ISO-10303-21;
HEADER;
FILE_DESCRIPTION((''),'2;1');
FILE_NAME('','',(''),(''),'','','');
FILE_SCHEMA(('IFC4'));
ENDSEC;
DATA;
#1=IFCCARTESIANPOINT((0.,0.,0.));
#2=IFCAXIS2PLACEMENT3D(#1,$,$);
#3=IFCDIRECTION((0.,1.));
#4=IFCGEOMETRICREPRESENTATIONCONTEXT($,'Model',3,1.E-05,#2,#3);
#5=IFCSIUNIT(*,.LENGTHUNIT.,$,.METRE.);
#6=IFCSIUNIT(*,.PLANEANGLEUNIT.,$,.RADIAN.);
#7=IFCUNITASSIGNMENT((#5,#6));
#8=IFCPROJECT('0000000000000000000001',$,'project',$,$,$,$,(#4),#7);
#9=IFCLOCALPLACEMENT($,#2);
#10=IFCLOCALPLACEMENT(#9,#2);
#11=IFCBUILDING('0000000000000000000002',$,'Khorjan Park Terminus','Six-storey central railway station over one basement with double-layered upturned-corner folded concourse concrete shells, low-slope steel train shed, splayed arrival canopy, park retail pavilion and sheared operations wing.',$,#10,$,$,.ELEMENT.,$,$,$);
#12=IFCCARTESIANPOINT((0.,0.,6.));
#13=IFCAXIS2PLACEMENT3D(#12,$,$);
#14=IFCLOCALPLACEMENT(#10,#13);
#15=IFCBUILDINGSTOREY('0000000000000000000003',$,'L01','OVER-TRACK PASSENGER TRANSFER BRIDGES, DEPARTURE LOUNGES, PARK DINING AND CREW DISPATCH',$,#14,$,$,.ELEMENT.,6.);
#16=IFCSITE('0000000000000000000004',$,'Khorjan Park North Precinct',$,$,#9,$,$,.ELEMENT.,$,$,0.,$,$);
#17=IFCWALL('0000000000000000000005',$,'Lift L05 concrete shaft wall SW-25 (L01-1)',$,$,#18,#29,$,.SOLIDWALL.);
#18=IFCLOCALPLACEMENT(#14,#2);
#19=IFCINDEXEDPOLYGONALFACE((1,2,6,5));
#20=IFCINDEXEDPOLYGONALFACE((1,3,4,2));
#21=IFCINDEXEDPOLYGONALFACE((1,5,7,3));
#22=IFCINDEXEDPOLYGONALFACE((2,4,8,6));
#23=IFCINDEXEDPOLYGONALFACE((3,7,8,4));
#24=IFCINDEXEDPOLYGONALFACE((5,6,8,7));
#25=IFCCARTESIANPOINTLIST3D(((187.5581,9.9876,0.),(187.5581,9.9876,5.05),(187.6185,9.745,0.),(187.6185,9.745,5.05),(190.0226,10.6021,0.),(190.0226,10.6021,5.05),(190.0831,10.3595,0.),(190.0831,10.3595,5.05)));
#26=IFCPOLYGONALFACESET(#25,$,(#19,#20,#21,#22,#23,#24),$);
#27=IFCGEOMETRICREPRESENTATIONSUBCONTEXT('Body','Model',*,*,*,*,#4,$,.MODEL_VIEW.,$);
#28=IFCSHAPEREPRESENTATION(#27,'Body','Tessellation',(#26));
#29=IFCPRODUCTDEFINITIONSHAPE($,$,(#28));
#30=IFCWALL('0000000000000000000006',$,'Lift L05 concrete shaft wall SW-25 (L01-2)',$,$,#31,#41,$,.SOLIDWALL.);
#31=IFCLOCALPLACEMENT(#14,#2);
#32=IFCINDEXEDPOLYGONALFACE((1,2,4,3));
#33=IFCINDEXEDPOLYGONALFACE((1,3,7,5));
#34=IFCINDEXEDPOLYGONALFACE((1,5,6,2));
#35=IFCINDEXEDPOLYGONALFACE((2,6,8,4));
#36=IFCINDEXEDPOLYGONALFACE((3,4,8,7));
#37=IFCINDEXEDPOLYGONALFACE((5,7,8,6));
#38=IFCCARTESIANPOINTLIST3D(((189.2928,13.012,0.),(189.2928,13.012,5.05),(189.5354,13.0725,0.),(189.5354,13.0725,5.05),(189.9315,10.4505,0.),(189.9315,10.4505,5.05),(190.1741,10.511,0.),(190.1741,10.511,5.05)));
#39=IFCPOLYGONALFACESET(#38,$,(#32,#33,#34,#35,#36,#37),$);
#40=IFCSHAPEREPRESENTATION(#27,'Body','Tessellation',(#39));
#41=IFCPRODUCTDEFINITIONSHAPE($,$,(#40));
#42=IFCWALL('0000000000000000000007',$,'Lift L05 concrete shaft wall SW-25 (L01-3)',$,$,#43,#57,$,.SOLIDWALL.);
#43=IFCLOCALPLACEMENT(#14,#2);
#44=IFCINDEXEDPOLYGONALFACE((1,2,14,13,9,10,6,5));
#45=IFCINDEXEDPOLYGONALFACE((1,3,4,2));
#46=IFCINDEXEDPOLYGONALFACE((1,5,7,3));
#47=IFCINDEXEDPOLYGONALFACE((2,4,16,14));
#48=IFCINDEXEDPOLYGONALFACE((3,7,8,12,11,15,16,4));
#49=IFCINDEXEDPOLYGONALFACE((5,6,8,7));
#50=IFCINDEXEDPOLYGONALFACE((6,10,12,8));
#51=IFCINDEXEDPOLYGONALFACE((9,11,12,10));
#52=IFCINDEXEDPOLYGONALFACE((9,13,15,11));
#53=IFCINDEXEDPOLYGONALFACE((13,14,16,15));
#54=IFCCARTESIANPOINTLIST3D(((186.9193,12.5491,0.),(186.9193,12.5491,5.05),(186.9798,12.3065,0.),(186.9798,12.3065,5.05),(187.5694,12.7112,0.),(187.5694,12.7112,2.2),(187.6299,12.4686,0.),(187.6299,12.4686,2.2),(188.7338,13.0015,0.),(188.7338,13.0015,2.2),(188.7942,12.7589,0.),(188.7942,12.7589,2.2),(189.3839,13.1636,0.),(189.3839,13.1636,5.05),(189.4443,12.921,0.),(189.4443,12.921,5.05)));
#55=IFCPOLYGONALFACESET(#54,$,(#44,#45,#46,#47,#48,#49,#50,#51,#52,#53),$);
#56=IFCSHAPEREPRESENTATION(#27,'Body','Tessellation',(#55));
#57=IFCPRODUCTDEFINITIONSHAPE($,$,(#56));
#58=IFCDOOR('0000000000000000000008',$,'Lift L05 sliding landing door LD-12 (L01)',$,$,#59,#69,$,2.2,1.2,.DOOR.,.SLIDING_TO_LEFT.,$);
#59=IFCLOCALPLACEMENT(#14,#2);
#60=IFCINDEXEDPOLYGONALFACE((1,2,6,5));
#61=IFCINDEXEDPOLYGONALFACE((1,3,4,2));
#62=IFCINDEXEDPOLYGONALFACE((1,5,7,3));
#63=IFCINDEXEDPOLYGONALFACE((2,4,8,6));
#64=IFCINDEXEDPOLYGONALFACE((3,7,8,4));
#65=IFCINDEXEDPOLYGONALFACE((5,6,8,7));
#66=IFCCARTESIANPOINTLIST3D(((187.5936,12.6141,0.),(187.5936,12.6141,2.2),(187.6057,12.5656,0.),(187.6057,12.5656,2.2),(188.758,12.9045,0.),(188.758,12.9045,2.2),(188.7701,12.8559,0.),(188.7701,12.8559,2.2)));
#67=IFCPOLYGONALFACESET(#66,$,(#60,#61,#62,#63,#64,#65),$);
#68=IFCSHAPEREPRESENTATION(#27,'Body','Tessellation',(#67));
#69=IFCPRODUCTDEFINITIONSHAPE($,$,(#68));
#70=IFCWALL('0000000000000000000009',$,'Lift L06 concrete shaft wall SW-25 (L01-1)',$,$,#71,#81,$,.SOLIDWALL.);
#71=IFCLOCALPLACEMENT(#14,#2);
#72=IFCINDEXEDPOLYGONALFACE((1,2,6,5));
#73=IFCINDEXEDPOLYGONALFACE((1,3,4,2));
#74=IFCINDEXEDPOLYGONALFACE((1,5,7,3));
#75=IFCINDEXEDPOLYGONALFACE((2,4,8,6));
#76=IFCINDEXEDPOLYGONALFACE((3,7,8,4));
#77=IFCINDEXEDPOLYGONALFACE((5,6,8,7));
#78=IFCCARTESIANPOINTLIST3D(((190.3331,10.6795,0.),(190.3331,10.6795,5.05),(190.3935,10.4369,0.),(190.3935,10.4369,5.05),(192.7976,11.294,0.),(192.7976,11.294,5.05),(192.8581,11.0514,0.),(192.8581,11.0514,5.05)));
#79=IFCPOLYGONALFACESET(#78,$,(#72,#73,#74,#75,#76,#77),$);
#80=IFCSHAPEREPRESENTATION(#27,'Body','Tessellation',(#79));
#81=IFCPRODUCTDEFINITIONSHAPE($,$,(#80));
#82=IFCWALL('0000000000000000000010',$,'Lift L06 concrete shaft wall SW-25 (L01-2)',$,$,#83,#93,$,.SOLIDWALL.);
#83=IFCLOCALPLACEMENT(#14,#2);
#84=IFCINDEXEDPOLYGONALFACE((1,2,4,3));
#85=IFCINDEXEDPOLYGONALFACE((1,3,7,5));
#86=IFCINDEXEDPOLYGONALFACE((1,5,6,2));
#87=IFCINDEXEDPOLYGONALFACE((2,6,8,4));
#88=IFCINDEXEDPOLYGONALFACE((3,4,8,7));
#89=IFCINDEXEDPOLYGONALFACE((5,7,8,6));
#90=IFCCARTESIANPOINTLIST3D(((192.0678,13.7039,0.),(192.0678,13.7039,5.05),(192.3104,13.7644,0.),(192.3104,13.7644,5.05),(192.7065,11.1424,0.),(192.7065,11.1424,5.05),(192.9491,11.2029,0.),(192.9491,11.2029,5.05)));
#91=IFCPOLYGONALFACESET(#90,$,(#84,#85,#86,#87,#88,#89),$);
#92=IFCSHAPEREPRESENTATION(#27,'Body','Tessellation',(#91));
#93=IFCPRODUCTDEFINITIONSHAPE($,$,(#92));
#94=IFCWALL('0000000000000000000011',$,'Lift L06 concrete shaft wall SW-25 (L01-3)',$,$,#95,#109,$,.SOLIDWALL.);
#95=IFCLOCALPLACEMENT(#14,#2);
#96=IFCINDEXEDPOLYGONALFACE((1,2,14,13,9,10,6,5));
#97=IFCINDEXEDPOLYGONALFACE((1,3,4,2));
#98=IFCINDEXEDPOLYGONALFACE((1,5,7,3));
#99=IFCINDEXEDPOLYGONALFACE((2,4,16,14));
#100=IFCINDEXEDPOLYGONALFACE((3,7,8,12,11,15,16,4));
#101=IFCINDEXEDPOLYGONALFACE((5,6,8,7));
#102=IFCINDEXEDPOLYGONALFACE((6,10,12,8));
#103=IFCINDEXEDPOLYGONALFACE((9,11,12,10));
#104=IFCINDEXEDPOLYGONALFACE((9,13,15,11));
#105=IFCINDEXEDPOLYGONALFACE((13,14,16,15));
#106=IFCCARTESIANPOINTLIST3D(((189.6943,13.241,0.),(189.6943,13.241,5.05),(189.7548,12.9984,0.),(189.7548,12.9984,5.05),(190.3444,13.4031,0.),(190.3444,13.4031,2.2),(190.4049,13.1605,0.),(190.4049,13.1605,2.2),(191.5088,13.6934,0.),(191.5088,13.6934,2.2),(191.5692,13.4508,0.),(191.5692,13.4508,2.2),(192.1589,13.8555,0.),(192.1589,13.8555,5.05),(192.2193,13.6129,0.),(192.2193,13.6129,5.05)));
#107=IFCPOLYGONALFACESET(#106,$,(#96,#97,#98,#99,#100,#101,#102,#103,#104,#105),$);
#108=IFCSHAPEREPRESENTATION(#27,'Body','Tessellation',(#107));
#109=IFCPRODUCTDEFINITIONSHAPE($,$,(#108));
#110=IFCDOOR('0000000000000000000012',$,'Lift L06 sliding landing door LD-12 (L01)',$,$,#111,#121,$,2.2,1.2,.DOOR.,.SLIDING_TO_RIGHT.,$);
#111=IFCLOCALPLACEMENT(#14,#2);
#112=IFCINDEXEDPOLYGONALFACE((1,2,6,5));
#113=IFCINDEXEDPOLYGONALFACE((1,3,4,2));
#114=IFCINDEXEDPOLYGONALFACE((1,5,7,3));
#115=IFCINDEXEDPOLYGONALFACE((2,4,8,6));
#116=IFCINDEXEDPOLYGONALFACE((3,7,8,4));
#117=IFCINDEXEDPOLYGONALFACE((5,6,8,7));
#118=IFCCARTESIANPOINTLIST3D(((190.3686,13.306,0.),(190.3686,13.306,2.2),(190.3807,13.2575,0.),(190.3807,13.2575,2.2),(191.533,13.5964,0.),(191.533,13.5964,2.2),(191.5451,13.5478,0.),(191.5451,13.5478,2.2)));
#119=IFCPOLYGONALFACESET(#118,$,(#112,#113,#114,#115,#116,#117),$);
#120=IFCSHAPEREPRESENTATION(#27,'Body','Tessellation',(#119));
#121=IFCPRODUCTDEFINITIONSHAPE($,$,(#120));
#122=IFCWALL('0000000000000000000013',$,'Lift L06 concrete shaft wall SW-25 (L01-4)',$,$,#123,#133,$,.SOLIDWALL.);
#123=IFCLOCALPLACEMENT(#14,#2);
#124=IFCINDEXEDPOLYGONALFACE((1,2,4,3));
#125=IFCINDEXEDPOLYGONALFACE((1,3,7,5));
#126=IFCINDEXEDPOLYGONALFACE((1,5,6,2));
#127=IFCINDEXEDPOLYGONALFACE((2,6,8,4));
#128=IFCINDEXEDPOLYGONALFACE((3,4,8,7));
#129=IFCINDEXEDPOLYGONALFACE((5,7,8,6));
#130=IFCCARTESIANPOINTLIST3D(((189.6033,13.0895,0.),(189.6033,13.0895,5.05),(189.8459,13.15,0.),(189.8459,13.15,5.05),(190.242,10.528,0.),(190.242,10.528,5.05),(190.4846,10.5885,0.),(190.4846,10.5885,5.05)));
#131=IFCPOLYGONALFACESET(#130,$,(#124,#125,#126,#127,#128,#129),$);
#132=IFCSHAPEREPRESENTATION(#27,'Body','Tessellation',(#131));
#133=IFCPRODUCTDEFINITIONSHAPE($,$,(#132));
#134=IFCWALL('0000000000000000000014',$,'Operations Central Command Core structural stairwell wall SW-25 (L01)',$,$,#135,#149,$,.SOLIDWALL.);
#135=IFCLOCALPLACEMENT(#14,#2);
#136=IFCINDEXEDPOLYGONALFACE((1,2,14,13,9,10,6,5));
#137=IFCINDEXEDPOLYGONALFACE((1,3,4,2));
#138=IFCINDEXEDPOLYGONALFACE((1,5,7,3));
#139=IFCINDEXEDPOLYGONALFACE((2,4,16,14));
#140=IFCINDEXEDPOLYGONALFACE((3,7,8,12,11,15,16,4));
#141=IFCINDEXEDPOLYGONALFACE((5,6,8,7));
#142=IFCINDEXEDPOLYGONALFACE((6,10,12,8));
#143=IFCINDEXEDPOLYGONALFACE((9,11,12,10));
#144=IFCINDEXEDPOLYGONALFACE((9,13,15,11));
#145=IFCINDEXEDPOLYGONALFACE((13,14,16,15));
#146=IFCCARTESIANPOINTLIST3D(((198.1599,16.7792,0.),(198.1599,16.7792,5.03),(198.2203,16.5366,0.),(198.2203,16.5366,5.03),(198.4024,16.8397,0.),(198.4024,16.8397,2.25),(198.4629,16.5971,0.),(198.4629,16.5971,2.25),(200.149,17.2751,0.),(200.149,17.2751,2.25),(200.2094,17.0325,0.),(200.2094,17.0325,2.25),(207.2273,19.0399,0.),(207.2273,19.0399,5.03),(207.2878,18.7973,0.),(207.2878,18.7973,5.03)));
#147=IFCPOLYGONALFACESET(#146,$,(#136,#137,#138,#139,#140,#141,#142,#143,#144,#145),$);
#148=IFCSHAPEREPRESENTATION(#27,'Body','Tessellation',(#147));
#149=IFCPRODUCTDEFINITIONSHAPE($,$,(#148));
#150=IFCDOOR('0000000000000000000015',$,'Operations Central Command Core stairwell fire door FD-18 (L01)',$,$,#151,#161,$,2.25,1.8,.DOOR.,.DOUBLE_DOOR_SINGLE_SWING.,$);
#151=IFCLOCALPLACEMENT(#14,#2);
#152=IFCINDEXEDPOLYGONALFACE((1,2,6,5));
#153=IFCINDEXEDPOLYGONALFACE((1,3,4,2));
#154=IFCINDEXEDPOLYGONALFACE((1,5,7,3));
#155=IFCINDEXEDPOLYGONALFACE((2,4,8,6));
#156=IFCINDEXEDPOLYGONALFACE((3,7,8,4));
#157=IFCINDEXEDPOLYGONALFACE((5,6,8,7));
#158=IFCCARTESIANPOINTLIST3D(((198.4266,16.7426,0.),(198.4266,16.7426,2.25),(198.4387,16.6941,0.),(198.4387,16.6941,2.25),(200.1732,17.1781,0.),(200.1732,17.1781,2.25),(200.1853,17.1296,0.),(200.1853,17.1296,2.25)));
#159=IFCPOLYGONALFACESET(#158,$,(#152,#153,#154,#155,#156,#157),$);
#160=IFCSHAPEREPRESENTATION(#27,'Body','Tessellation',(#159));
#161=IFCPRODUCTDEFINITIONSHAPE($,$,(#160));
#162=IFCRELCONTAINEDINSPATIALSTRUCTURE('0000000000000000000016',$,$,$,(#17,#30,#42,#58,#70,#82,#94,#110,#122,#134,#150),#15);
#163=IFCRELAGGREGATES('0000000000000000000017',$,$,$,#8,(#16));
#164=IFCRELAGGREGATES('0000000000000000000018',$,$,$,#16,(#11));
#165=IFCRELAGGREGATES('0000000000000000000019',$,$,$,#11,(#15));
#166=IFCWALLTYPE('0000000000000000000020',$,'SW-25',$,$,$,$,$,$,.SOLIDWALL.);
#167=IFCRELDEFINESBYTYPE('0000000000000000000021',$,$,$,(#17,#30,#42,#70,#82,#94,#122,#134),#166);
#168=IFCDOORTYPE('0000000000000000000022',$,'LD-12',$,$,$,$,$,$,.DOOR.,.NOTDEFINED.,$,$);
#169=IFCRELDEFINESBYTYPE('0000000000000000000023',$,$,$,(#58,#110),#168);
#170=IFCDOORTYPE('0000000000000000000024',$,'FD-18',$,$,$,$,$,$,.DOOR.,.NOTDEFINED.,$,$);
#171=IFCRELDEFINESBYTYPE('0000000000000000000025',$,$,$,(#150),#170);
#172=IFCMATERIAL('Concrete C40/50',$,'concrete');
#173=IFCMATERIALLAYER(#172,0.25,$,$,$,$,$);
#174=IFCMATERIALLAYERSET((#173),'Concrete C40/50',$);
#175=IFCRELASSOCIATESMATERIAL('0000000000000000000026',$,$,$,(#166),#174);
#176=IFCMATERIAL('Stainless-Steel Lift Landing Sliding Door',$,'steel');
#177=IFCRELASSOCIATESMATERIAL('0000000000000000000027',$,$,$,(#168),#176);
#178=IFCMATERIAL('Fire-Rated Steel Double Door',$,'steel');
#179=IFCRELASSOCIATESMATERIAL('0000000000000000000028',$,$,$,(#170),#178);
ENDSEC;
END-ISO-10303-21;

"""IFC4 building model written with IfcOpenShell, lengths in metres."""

from ifc_helpers import new_model, si_unit, direction, frame, frame_2d, origin, place, context, subcontext, project, spatial, rectangle, extrude, material, layer, layer_set, type_object, element, fill, save


model = new_model("IFC4")

# Units and contexts
model_context = context("Model", 3, precision=1e-05, world=origin(), true_north=direction((0.0, 1.0)))
body_context = subcontext(model_context, "Body", "Model", "MODEL_VIEW")
ifc_project = project(units=[si_unit("LENGTHUNIT", "METRE"), si_unit("PLANEANGLEUNIT", "RADIAN")], contexts=[model_context])

# Site, building, storey
site_placement = place(None, origin())
site = spatial("IfcSite", under=ifc_project, at=site_placement, Name="Khorjan Park North Precinct", CompositionType="ELEMENT", RefElevation=0.0)
building_placement = place(site_placement, origin())
building = spatial("IfcBuilding", under=site, at=building_placement, Name="Khorjan Park Terminus", Description="Six-storey central railway station over one basement with double-layered upturned-corner folded concourse concrete shells, low-slope steel train shed, splayed arrival canopy, park retail pavilion and sheared operations wing.", CompositionType="ELEMENT")
storey_placement = place(building_placement, frame((0.0, 0.0, 6.0)))
storey = spatial("IfcBuildingStorey", under=building, at=storey_placement, Name="L01", Description="OVER-TRACK PASSENGER TRANSFER BRIDGES, DEPARTURE LOUNGES, PARK DINING AND CREW DISPATCH", CompositionType="ELEMENT", Elevation=6.0)

# Shared definitions
ifc_material_1 = material(Name="Concrete C40/50", Category="concrete")

# Walls
ifc_layer_1 = layer(ifc_material_1, 0.25)
ifc_layer_set_1 = layer_set([ifc_layer_1], Name="Concrete C40/50")
wall_type_1 = type_object("IfcWallType", Name="SW-25", PredefinedType="SOLIDWALL", material=ifc_layer_set_1)
wall_1_placement = place(storey_placement, frame((187.5883, 9.8663, 0.0), z_axis=(0.0, 0.0, 1.0), x_axis=(0.970293, 0.241933, 0.0)))
element("IfcWall", 1, at=wall_1_placement, inside=storey, type_object=wall_type_1, Name="Lift L05 concrete shaft wall SW-25 (L01-1)", PredefinedType="SOLIDWALL", context=body_context, shape_type="SweptSolid", body=[
    extrude(rectangle(XDim=2.54, YDim=0.25, at=frame_2d((1.27, 0.0))), origin(), (0.0, 0.0, 1.0), 5.05),
])
wall_2_placement = place(storey_placement, frame((190.0528, 10.4808, 0.0), z_axis=(0.0, 0.0, 1.0), x_axis=(-0.241938, 0.970292, 0.0)))
element("IfcWall", 2, at=wall_2_placement, inside=storey, type_object=wall_type_1, Name="Lift L05 concrete shaft wall SW-25 (L01-2)", PredefinedType="SOLIDWALL", context=body_context, shape_type="SweptSolid", body=[
    extrude(rectangle(XDim=2.6399, YDim=0.25, at=frame_2d((1.3199, 0.0))), origin(), (0.0, 0.0, 1.0), 5.05),
])

# Wall, opening, door
wall_3_placement = place(storey_placement, frame((189.4141, 13.0423, 0.0), z_axis=(0.0, 0.0, 1.0), x_axis=(-0.970293, -0.241933, 0.0)))
wall_3 = element("IfcWall", 3, at=wall_3_placement, inside=storey, type_object=wall_type_1, Name="Lift L05 concrete shaft wall SW-25 (L01-3)", PredefinedType="SOLIDWALL", context=body_context, shape_type="SweptSolid", body=[
    extrude(rectangle(XDim=2.54, YDim=0.25, at=frame_2d((1.27, 0.0))), origin(), (0.0, 0.0, 1.0), 5.05),
])
opening_1_placement = place(wall_3_placement, frame((0.67, 0.0, 0.0)))
opening_1 = element("IfcOpeningElement", 4, at=opening_1_placement, cuts=wall_3, PredefinedType="OPENING", context=body_context, shape_type="SweptSolid", body=[
    extrude(rectangle(XDim=1.2, YDim=2.2, at=frame_2d((0.6, 1.1))), frame((0.0, 0.135, 0.0), z_axis=(0.0, -1.0, 0.0), x_axis=(1.0, 0.0, 0.0)), (0.0, 0.0, 1.0), 0.27),
])
ifc_material_2 = material(Name="Stainless-Steel Lift Landing Sliding Door", Category="steel")
door_type_1 = type_object("IfcDoorType", Name="LD-12", OperationType="NOTDEFINED", PredefinedType="DOOR", material=ifc_material_2)
door_1_placement = place(opening_1_placement, origin())
door_1 = element("IfcDoor", 5, at=door_1_placement, inside=storey, type_object=door_type_1, Name="Lift L05 sliding landing door LD-12 (L01)", OperationType="SLIDING_TO_LEFT", OverallHeight=2.2, OverallWidth=1.2, PredefinedType="DOOR", context=body_context, shape_type="SweptSolid", body=[
    extrude(rectangle(XDim=1.2, YDim=2.2, at=frame_2d((0.6, 1.1))), frame((0.0, 0.025, 0.0), z_axis=(0.0, -1.0, 0.0), x_axis=(1.0, 0.0, 0.0)), (0.0, 0.0, 1.0), 0.05),
])
fill(opening_1, door_1)

# Walls
wall_4_placement = place(storey_placement, frame((190.3633, 10.5582, 0.0), z_axis=(0.0, 0.0, 1.0), x_axis=(0.970293, 0.241933, 0.0)))
element("IfcWall", 6, at=wall_4_placement, inside=storey, type_object=wall_type_1, Name="Lift L06 concrete shaft wall SW-25 (L01-1)", PredefinedType="SOLIDWALL", context=body_context, shape_type="SweptSolid", body=[
    extrude(rectangle(XDim=2.54, YDim=0.25, at=frame_2d((1.27, 0.0))), origin(), (0.0, 0.0, 1.0), 5.05),
])
wall_5_placement = place(storey_placement, frame((192.8278, 11.1727, 0.0), z_axis=(0.0, 0.0, 1.0), x_axis=(-0.241938, 0.970292, 0.0)))
element("IfcWall", 7, at=wall_5_placement, inside=storey, type_object=wall_type_1, Name="Lift L06 concrete shaft wall SW-25 (L01-2)", PredefinedType="SOLIDWALL", context=body_context, shape_type="SweptSolid", body=[
    extrude(rectangle(XDim=2.6399, YDim=0.25, at=frame_2d((1.3199, 0.0))), origin(), (0.0, 0.0, 1.0), 5.05),
])

# Wall, opening, door
wall_6_placement = place(storey_placement, frame((192.1891, 13.7342, 0.0), z_axis=(0.0, 0.0, 1.0), x_axis=(-0.970293, -0.241933, 0.0)))
wall_6 = element("IfcWall", 8, at=wall_6_placement, inside=storey, type_object=wall_type_1, Name="Lift L06 concrete shaft wall SW-25 (L01-3)", PredefinedType="SOLIDWALL", context=body_context, shape_type="SweptSolid", body=[
    extrude(rectangle(XDim=2.54, YDim=0.25, at=frame_2d((1.27, 0.0))), origin(), (0.0, 0.0, 1.0), 5.05),
])
opening_2_placement = place(wall_6_placement, frame((0.67, 0.0, 0.0)))
opening_2 = element("IfcOpeningElement", 9, at=opening_2_placement, cuts=wall_6, PredefinedType="OPENING", context=body_context, shape_type="SweptSolid", body=[
    extrude(rectangle(XDim=1.2, YDim=2.2, at=frame_2d((0.6, 1.1))), frame((0.0, 0.135, 0.0), z_axis=(0.0, -1.0, 0.0), x_axis=(1.0, 0.0, 0.0)), (0.0, 0.0, 1.0), 0.27),
])
door_2_placement = place(opening_2_placement, origin())
door_2 = element("IfcDoor", 10, at=door_2_placement, inside=storey, type_object=door_type_1, Name="Lift L06 sliding landing door LD-12 (L01)", OperationType="SLIDING_TO_RIGHT", OverallHeight=2.2, OverallWidth=1.2, PredefinedType="DOOR", context=body_context, shape_type="SweptSolid", body=[
    extrude(rectangle(XDim=1.2, YDim=2.2, at=frame_2d((0.6, 1.1))), frame((0.0, 0.025, 0.0), z_axis=(0.0, -1.0, 0.0), x_axis=(1.0, 0.0, 0.0)), (0.0, 0.0, 1.0), 0.05),
])
fill(opening_2, door_2)

# Wall
wall_7_placement = place(storey_placement, frame((189.7246, 13.1197, 0.0), z_axis=(0.0, 0.0, 1.0), x_axis=(0.241938, -0.970292, 0.0)))
element("IfcWall", 11, at=wall_7_placement, inside=storey, type_object=wall_type_1, Name="Lift L06 concrete shaft wall SW-25 (L01-4)", PredefinedType="SOLIDWALL", context=body_context, shape_type="SweptSolid", body=[
    extrude(rectangle(XDim=2.6399, YDim=0.25, at=frame_2d((1.3199, 0.0))), origin(), (0.0, 0.0, 1.0), 5.05),
])

# Wall, opening, door
wall_8_placement = place(storey_placement, frame((198.1901, 16.6579, 0.0), z_axis=(0.0, 0.0, 1.0), x_axis=(0.970297, 0.241916, 0.0)))
wall_8 = element("IfcWall", 12, at=wall_8_placement, inside=storey, type_object=wall_type_1, Name="Operations Central Command Core structural stairwell wall SW-25 (L01)", PredefinedType="SOLIDWALL", context=body_context, shape_type="SweptSolid", body=[
    extrude(rectangle(XDim=9.345, YDim=0.25, at=frame_2d((4.6725, 0.0))), origin(), (0.0, 0.0, 1.0), 5.03),
])
opening_3_placement = place(wall_8_placement, frame((0.25, 0.0, 0.0)))
opening_3 = element("IfcOpeningElement", 13, at=opening_3_placement, cuts=wall_8, PredefinedType="OPENING", context=body_context, shape_type="SweptSolid", body=[
    extrude(rectangle(XDim=1.8, YDim=2.25, at=frame_2d((0.9, 1.125))), frame((0.0, 0.135, 0.0), z_axis=(0.0, -1.0, 0.0), x_axis=(1.0, 0.0, 0.0)), (0.0, 0.0, 1.0), 0.27),
])
ifc_material_3 = material(Name="Fire-Rated Steel Double Door", Category="steel")
door_type_2 = type_object("IfcDoorType", Name="FD-18", OperationType="NOTDEFINED", PredefinedType="DOOR", material=ifc_material_3)
door_3_placement = place(opening_3_placement, origin())
door_3 = element("IfcDoor", 14, at=door_3_placement, inside=storey, type_object=door_type_2, Name="Operations Central Command Core stairwell fire door FD-18 (L01)", OperationType="DOUBLE_DOOR_SINGLE_SWING", OverallHeight=2.25, OverallWidth=1.8, PredefinedType="DOOR", context=body_context, shape_type="SweptSolid", body=[
    extrude(rectangle(XDim=1.8, YDim=2.25, at=frame_2d((0.9, 1.125))), frame((0.0, 0.025, 0.0), z_axis=(0.0, -1.0, 0.0), x_axis=(1.0, 0.0, 0.0)), (0.0, 0.0, 1.0), 0.05),
])
fill(opening_3, door_3)

save(model, "model.ifc")
